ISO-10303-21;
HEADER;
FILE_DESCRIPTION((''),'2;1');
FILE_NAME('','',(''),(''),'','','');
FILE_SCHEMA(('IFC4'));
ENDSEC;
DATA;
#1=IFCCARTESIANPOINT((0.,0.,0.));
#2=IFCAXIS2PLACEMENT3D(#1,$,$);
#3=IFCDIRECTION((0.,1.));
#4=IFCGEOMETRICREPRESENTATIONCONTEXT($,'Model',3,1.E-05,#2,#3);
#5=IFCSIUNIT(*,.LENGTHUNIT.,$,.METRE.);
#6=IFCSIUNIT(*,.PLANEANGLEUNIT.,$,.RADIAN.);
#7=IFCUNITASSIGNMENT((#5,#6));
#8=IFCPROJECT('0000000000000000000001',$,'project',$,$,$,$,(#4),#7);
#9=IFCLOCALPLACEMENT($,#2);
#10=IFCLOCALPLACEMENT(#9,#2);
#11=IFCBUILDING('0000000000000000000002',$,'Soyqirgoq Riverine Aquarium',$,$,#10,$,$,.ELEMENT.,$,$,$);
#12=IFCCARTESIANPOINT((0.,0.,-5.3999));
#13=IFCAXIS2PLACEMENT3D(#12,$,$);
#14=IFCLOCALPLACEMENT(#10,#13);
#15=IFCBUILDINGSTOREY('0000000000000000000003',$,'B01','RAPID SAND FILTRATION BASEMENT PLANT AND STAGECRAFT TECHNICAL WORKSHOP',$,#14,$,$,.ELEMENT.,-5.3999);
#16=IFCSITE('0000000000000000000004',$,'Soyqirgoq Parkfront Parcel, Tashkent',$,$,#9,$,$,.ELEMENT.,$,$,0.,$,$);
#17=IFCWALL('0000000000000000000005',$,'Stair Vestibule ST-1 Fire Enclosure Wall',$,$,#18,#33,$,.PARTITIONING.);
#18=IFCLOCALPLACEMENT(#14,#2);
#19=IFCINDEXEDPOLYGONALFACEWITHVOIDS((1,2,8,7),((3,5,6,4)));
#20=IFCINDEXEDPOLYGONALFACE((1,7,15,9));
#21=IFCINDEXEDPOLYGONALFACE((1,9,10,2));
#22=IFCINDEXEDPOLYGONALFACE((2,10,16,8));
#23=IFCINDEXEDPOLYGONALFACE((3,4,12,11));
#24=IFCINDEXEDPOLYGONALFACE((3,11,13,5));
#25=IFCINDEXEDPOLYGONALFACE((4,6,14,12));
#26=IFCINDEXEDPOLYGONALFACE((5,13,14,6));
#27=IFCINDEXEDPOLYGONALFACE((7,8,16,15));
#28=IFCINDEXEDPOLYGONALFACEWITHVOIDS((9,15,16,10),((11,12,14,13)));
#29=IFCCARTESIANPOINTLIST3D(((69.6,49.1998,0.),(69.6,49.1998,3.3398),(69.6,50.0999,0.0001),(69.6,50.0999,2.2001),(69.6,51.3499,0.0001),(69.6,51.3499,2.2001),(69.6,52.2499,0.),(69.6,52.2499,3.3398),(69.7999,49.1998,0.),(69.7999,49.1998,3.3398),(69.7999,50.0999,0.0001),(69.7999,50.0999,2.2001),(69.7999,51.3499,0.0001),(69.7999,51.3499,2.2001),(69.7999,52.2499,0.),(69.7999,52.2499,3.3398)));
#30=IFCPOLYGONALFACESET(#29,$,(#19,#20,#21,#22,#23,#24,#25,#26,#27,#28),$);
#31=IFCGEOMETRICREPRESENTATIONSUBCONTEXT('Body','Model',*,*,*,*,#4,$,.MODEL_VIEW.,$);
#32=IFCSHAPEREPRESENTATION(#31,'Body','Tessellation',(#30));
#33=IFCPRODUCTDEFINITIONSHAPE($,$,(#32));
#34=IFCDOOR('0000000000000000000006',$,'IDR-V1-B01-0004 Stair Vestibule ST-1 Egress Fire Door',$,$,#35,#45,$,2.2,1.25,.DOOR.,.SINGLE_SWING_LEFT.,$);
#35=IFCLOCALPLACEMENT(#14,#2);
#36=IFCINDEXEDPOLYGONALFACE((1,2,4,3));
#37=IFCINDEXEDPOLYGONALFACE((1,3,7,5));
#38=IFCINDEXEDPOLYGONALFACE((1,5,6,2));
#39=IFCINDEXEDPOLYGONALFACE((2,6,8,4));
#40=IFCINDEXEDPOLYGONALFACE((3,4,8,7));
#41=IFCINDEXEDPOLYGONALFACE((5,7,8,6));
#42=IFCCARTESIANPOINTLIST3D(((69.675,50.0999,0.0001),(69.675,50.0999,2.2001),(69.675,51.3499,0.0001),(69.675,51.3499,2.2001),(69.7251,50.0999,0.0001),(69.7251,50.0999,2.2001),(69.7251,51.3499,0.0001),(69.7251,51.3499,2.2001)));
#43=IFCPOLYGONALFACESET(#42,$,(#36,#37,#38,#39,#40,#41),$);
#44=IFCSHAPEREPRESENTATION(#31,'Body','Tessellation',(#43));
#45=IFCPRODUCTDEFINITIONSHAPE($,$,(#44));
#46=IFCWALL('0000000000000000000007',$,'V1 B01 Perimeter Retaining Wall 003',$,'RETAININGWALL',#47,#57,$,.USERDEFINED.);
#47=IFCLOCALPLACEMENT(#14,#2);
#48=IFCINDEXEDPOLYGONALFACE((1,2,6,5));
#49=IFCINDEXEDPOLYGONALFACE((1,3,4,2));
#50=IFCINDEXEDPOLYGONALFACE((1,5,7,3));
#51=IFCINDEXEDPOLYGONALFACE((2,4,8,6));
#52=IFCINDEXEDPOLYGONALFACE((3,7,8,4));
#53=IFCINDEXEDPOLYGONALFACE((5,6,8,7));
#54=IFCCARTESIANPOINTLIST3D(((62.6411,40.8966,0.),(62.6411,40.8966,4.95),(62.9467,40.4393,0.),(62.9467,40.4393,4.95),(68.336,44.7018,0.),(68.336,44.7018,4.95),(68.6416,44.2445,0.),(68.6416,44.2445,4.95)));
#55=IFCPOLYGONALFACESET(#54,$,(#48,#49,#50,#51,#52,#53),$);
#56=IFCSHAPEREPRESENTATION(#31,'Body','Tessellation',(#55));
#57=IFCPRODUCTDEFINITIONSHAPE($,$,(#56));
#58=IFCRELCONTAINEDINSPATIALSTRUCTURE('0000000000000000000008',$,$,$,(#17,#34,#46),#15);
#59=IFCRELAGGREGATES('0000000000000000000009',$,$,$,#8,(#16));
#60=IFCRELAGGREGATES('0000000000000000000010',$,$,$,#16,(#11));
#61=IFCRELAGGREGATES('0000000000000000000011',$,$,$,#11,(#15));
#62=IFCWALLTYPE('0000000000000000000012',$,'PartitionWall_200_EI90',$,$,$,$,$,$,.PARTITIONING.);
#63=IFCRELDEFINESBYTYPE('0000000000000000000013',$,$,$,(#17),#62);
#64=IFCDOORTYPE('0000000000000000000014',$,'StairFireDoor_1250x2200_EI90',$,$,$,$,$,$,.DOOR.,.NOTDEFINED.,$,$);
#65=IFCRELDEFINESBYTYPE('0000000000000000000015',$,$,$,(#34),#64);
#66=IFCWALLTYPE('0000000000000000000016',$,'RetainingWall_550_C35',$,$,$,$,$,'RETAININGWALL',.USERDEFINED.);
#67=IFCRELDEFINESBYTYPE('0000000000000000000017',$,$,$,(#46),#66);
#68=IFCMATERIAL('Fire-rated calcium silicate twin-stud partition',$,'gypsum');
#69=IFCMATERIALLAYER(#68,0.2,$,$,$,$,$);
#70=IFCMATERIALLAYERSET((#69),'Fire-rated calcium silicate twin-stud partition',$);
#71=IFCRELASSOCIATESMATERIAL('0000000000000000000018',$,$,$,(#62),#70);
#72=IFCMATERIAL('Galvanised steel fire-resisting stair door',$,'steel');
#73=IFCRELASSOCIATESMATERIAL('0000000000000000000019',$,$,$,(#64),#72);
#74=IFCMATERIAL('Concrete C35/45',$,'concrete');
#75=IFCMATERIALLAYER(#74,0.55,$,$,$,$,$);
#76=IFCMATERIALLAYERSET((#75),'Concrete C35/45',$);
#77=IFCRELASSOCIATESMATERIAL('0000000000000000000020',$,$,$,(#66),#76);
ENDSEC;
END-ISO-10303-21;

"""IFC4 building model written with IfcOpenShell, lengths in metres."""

from ifc_helpers import new_model, si_unit, direction, frame, frame_2d, origin, place, context, subcontext, project, spatial, rectangle, extrude, material, layer, layer_set, type_object, element, fill, save


model = new_model("IFC4")

# Units and contexts
model_context = context("Model", 3, precision=1e-05, world=origin(), true_north=direction((0.0, 1.0)))
body_context = subcontext(model_context, "Body", "Model", "MODEL_VIEW")
ifc_project = project(units=[si_unit("LENGTHUNIT", "METRE"), si_unit("PLANEANGLEUNIT", "RADIAN")], contexts=[model_context])

# Site, building, storey
site_placement = place(None, origin())
site = spatial("IfcSite", under=ifc_project, at=site_placement, Name="Soyqirgoq Parkfront Parcel, Tashkent", CompositionType="ELEMENT", RefElevation=0.0)
building_placement = place(site_placement, origin())
building = spatial("IfcBuilding", under=site, at=building_placement, Name="Soyqirgoq Riverine Aquarium", CompositionType="ELEMENT")
storey_placement = place(building_placement, frame((0.0, 0.0, -5.3999)))
storey = spatial("IfcBuildingStorey", under=building, at=storey_placement, Name="B01", Description="RAPID SAND FILTRATION BASEMENT PLANT AND STAGECRAFT TECHNICAL WORKSHOP", CompositionType="ELEMENT", Elevation=-5.3999)

# Shared definitions
ifc_material_1 = material(Name="Fire-rated calcium silicate twin-stud partition", Category="gypsum")
ifc_layer_1 = layer(ifc_material_1, 0.2)
ifc_layer_set_1 = layer_set([ifc_layer_1], Name="Fire-rated calcium silicate twin-stud partition")
wall_type_1 = type_object("IfcWallType", Name="PartitionWall_200_EI90", PredefinedType="PARTITIONING", material=ifc_layer_set_1)

# Wall, opening, door
wall_1_placement = place(storey_placement, frame((69.7, 49.2, 0.0), z_axis=(0.0, 0.0, 1.0), x_axis=(0.0, 1.0, 0.0)))
wall_1 = element("IfcWall", 1, at=wall_1_placement, inside=storey, type_object=wall_type_1, Name="Stair Vestibule ST-1 Fire Enclosure Wall", PredefinedType="PARTITIONING", context=body_context, shape_type="SweptSolid", body=[
    extrude(rectangle(XDim=3.05, YDim=0.2, at=frame_2d((1.5249, 0.0))), origin(), (0.0, 0.0, 1.0), 3.3398),
])
opening_1_placement = place(wall_1_placement, frame((0.8999, 0.0, 0.0)))
opening_1 = element("IfcOpeningElement", 2, at=opening_1_placement, cuts=wall_1, PredefinedType="OPENING", context=body_context, shape_type="SweptSolid", body=[
    extrude(rectangle(XDim=1.25, YDim=2.2, at=frame_2d((0.625, 1.1001))), frame((0.0, 0.1099, 0.0), z_axis=(0.0, -1.0, 0.0), x_axis=(1.0, 0.0, 0.0)), (0.0, 0.0, 1.0), 0.22),
])
ifc_material_2 = material(Name="Galvanised steel fire-resisting stair door", Category="steel")
door_type_1 = type_object("IfcDoorType", Name="StairFireDoor_1250x2200_EI90", OperationType="NOTDEFINED", PredefinedType="DOOR", material=ifc_material_2)
door_1_placement = place(opening_1_placement, origin())
door_1 = element("IfcDoor", 3, at=door_1_placement, inside=storey, type_object=door_type_1, Name="IDR-V1-B01-0004 Stair Vestibule ST-1 Egress Fire Door", OperationType="SINGLE_SWING_LEFT", OverallHeight=2.2, OverallWidth=1.25, PredefinedType="DOOR", context=body_context, shape_type="SweptSolid", body=[
    extrude(rectangle(XDim=1.25, YDim=2.2, at=frame_2d((0.625, 1.1001))), frame((0.0, 0.0249, 0.0), z_axis=(0.0, -1.0, 0.0), x_axis=(1.0, 0.0, 0.0)), (0.0, 0.0, 1.0), 0.05),
])
fill(opening_1, door_1)

# Wall
ifc_material_3 = material(Name="Concrete C35/45", Category="concrete")
ifc_layer_2 = layer(ifc_material_3, 0.55)
ifc_layer_set_2 = layer_set([ifc_layer_2], Name="Concrete C35/45")
wall_type_2 = type_object("IfcWallType", Name="RetainingWall_550_C35", ElementType="RETAININGWALL", PredefinedType="USERDEFINED", material=ifc_layer_set_2)
wall_2_placement = place(storey_placement, frame((68.4888, 44.4731, 0.0), z_axis=(0.0, 0.0, 1.0), x_axis=(-0.831469, -0.555572, 0.0)))
element("IfcWall", 4, at=wall_2_placement, inside=storey, type_object=wall_type_2, Name="V1 B01 Perimeter Retaining Wall 003", ObjectType="RETAININGWALL", PredefinedType="USERDEFINED", context=body_context, shape_type="SweptSolid", body=[
    extrude(rectangle(XDim=6.8491, YDim=0.55, at=frame_2d((3.4246, 0.0))), origin(), (0.0, 0.0, 1.0), 4.95),
])

save(model, "model.ifc")
